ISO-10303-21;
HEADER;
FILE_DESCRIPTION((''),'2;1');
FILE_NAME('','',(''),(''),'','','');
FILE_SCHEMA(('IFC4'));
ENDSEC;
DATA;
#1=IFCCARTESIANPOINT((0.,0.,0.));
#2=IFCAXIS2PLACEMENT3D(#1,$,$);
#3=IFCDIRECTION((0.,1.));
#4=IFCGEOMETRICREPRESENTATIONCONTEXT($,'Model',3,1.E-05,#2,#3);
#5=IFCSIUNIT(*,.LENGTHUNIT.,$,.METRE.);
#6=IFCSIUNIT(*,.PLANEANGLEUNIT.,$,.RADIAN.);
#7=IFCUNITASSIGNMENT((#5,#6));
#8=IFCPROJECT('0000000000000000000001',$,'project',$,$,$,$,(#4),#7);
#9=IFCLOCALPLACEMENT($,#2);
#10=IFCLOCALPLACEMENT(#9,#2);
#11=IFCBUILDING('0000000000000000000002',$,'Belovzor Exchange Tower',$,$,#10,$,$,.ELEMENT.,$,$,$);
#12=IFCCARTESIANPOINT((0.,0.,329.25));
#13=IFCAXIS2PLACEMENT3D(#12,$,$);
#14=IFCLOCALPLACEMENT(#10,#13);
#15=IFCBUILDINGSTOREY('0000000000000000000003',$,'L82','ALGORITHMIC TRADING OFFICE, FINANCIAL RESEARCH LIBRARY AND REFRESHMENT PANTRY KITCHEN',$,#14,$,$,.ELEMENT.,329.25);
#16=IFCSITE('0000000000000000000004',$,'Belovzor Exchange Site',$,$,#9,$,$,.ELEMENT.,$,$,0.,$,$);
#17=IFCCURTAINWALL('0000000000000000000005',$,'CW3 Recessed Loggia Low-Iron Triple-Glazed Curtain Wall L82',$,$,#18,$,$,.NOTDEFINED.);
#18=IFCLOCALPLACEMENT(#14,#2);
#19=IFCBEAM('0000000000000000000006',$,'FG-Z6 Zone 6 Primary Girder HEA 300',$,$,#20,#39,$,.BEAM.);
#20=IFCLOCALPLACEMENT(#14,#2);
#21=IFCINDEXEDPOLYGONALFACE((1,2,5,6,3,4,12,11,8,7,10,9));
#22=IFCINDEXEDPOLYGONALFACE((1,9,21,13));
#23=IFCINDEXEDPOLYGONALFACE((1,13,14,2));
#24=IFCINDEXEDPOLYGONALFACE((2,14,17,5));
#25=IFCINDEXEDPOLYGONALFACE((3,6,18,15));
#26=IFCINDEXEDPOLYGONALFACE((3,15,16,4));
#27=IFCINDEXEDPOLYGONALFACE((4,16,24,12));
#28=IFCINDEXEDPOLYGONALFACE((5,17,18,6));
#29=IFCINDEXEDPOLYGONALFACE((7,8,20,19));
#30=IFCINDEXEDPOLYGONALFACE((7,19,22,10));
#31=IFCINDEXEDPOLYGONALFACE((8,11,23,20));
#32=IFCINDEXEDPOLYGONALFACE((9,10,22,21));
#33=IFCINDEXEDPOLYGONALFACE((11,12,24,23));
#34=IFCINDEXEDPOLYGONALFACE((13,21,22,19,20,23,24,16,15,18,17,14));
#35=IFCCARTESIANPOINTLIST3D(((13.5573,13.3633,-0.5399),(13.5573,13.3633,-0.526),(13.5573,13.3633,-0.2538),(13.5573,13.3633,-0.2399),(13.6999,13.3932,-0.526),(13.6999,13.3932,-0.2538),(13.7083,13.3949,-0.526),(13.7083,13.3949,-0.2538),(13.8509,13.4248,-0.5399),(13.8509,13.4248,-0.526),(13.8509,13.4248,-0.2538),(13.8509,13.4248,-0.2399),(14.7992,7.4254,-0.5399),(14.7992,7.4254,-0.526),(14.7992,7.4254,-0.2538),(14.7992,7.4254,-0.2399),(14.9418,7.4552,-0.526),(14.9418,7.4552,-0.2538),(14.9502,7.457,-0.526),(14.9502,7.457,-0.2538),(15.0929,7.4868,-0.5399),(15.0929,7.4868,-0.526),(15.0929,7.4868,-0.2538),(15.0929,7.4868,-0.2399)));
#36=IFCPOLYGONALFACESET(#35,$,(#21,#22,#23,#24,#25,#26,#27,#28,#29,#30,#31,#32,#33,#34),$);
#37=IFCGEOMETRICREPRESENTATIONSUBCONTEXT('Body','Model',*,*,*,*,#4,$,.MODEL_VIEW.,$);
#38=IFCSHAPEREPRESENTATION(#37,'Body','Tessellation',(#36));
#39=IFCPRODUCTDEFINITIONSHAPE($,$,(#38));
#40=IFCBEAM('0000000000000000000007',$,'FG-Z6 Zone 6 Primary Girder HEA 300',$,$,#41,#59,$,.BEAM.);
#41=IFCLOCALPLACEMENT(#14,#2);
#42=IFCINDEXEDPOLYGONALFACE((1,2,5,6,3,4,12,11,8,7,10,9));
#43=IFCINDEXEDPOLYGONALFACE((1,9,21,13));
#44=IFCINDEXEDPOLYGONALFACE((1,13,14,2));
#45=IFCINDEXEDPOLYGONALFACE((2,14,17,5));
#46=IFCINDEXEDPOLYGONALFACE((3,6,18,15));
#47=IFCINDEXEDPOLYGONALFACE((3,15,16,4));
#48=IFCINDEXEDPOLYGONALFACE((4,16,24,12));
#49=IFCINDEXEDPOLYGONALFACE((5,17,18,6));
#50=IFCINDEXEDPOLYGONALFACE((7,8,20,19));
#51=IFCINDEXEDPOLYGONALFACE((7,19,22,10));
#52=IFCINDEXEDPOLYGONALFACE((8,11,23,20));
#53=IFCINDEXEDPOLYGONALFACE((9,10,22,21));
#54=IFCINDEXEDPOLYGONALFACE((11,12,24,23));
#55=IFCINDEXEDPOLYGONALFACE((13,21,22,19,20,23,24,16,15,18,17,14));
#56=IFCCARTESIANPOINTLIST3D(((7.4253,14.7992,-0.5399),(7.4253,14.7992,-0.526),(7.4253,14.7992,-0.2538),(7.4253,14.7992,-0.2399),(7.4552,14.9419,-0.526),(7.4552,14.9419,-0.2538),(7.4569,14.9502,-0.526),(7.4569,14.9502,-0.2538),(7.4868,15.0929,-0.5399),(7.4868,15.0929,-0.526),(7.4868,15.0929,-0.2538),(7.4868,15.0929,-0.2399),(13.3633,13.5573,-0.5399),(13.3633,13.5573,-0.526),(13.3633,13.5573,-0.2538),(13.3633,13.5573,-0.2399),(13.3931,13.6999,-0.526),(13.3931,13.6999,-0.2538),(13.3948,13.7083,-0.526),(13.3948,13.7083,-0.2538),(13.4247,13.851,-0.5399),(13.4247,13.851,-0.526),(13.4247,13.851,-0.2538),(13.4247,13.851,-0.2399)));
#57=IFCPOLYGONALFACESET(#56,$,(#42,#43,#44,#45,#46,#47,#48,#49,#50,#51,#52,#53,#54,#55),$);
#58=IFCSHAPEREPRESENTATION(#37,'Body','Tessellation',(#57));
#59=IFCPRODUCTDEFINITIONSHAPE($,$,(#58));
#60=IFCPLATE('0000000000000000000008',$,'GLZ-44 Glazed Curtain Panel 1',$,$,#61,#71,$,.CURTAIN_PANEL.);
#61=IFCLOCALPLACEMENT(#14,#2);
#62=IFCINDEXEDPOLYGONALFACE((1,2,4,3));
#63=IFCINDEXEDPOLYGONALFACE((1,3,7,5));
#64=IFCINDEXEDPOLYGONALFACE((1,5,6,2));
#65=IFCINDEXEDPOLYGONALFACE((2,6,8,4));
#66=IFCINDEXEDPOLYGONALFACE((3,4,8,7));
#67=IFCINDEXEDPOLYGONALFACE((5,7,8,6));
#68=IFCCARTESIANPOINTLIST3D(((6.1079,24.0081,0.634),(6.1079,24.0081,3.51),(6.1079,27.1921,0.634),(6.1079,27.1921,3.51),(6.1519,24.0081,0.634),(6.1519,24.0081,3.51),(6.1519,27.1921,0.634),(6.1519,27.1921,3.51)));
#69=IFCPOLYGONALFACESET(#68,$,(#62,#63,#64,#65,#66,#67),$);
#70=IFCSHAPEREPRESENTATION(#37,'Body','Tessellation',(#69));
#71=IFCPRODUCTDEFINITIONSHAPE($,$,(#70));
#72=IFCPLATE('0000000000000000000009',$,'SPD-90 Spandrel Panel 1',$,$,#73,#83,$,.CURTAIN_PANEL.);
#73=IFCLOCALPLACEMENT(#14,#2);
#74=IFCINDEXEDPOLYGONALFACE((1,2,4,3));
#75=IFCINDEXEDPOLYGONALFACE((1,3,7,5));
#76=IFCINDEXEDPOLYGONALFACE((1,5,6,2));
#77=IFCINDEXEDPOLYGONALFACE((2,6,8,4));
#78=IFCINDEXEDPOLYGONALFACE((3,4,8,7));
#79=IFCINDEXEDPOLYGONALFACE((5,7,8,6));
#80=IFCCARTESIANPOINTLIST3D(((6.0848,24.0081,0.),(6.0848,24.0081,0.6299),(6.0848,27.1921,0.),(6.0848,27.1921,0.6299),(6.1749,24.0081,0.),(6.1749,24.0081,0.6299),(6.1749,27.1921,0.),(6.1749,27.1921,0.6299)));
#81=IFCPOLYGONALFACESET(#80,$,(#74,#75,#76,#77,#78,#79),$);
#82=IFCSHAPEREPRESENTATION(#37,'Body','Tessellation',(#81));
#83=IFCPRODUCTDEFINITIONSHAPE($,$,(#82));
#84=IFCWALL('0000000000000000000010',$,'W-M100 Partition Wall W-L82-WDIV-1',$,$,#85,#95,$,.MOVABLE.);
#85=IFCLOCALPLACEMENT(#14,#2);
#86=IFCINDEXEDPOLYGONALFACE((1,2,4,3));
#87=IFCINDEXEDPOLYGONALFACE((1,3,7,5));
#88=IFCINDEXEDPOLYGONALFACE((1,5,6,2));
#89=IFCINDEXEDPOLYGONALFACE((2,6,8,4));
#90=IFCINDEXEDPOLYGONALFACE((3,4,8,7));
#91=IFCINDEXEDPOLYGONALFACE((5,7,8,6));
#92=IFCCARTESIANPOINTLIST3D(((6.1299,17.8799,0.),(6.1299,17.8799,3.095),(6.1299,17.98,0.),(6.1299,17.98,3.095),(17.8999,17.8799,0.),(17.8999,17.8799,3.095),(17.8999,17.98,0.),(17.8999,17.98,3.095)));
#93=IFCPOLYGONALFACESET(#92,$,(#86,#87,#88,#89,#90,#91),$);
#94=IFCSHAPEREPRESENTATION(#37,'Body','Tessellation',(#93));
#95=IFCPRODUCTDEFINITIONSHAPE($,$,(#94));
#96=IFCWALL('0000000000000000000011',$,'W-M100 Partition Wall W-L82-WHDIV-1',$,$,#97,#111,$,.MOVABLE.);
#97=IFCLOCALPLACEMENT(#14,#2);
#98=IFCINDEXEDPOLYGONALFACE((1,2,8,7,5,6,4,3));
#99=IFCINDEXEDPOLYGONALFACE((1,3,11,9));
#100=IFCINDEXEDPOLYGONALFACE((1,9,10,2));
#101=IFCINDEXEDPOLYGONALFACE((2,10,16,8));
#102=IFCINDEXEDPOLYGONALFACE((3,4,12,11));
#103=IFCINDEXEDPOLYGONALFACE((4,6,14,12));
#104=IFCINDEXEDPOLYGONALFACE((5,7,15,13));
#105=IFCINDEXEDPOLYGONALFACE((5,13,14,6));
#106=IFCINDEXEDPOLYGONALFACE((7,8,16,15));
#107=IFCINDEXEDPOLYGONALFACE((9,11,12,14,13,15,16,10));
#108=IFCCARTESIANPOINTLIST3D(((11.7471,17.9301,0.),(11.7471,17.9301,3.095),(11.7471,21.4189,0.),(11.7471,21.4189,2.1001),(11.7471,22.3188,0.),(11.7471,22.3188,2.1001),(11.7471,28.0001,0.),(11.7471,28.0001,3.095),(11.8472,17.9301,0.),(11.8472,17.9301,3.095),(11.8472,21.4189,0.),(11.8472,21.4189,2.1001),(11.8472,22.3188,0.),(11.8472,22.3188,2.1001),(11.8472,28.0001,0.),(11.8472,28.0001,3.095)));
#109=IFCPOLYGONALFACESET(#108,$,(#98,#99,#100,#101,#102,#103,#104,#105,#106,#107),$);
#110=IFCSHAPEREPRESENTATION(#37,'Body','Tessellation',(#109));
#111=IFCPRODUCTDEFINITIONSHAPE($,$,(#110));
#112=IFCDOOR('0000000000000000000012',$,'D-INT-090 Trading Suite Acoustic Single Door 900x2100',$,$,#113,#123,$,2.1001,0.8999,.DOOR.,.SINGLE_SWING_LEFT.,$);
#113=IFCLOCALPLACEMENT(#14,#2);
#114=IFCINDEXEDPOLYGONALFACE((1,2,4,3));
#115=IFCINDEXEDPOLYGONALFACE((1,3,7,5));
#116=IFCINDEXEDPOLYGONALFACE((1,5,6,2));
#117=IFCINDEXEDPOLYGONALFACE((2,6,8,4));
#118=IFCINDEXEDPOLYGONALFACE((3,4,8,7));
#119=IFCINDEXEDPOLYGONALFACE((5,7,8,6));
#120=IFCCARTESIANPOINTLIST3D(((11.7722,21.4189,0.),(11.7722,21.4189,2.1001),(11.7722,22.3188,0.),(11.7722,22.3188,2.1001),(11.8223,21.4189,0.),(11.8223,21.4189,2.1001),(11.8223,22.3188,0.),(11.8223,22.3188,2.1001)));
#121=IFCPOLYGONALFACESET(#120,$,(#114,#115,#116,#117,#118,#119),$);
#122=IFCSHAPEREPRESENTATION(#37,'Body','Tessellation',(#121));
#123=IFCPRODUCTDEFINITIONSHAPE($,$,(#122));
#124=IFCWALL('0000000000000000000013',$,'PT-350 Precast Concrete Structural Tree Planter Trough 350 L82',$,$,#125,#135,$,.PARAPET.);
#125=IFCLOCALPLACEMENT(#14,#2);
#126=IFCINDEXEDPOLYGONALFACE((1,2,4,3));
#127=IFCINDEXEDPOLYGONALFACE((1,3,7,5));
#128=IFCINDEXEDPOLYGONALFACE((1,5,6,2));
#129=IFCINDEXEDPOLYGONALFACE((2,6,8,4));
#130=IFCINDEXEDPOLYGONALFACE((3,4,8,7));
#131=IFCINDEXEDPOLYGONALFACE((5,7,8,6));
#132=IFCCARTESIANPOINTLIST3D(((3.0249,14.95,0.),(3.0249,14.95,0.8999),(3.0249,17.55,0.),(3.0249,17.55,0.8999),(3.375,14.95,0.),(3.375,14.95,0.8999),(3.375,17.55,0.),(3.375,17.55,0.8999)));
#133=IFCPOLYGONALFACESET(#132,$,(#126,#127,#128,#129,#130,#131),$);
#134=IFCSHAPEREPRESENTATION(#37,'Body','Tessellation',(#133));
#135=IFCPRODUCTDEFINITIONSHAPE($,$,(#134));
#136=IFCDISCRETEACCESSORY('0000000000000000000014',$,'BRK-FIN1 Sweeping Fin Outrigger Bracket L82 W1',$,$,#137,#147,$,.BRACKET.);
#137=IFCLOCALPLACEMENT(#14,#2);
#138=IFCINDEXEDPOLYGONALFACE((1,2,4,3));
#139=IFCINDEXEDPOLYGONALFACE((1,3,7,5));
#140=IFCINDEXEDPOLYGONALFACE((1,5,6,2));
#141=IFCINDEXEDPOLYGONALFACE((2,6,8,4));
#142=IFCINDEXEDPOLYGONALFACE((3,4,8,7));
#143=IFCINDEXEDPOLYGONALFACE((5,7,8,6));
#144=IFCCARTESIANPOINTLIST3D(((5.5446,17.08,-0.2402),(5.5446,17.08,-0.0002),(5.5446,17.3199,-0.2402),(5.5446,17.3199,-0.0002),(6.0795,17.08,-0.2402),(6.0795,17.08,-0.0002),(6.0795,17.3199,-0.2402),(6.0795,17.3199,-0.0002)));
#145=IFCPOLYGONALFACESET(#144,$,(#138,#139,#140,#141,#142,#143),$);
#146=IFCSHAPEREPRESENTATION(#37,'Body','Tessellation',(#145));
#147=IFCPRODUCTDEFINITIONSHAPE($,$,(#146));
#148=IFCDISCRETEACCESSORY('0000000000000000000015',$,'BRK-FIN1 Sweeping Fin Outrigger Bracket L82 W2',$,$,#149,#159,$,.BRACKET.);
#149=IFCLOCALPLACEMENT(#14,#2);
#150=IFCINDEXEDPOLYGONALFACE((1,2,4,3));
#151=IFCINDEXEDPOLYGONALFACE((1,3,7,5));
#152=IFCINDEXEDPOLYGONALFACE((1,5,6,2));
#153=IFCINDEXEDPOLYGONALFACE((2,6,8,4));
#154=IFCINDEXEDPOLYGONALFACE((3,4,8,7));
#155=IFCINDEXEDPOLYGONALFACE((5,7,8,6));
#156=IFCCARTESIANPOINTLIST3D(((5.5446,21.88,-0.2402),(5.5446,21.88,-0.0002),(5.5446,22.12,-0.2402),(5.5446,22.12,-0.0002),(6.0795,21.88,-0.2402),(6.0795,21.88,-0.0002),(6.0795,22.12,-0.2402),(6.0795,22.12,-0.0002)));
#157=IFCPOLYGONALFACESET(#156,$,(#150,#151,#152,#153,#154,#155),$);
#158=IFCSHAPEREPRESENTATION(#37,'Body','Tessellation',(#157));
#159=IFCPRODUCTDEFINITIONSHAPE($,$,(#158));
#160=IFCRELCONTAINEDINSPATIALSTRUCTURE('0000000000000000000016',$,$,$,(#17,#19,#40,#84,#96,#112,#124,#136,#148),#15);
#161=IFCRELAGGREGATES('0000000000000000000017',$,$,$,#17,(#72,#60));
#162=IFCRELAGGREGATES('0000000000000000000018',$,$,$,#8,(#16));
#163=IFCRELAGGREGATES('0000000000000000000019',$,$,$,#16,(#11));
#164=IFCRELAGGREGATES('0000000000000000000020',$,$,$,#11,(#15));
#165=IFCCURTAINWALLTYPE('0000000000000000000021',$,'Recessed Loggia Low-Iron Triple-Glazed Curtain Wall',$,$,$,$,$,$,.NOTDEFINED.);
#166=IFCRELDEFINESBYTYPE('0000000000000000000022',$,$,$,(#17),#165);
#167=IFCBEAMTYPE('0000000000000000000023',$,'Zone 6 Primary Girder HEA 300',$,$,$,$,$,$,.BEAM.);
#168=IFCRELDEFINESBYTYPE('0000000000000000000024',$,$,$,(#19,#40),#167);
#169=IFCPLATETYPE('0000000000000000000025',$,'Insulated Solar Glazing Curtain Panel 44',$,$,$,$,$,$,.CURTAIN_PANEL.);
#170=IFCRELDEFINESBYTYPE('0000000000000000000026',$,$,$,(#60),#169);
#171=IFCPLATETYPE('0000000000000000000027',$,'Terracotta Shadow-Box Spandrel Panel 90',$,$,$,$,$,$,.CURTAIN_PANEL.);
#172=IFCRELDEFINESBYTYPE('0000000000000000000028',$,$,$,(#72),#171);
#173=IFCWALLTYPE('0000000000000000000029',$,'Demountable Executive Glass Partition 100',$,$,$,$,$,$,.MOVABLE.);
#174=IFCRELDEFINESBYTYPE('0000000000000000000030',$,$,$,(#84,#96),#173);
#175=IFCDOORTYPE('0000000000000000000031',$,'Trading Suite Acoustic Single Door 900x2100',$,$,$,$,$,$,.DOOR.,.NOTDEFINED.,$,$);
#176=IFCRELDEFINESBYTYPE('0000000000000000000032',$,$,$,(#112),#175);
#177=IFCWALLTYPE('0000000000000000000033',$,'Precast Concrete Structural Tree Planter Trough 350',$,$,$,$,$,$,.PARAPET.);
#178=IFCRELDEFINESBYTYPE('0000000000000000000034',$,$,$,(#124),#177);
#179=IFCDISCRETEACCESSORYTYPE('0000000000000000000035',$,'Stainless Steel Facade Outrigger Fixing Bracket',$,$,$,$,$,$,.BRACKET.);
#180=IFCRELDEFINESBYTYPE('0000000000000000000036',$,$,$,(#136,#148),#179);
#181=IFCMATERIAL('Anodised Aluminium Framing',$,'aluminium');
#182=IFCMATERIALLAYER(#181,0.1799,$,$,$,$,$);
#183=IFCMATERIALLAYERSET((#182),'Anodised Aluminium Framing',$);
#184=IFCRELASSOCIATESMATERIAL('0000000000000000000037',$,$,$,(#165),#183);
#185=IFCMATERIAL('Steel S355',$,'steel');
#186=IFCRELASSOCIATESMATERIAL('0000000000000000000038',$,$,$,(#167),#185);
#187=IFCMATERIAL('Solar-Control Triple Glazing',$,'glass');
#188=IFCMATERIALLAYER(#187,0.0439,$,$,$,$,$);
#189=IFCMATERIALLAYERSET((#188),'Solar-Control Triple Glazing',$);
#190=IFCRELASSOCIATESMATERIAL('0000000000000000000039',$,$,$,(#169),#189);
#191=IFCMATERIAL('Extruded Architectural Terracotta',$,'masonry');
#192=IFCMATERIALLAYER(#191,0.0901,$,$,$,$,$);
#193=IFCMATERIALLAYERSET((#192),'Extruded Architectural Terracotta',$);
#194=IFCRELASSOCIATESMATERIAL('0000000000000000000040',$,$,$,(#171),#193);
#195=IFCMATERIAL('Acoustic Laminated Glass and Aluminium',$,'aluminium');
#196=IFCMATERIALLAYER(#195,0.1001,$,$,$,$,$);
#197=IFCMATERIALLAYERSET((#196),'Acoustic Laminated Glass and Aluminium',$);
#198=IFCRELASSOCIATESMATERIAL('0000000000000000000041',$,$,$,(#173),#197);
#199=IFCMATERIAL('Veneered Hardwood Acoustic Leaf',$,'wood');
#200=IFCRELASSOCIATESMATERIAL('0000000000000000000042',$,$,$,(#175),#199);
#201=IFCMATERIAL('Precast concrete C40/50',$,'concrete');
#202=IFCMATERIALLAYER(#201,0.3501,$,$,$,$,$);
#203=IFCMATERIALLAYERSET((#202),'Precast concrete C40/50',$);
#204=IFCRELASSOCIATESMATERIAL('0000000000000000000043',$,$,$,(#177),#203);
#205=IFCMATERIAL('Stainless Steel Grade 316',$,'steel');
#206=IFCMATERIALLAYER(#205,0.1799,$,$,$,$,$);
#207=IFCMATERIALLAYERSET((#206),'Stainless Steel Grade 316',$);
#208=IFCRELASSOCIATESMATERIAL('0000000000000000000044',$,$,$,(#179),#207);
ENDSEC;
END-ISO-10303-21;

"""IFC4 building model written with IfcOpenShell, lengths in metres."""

from ifc_helpers import new_model, si_unit, direction, frame, frame_2d, origin, origin_2d, place, context, subcontext, project, spatial, rectangle, i_section, extrude, material, layer, layer_set, material_profile, profile_set, type_object, element, fill, aggregate, save


model = new_model("IFC4")

# Units and contexts
model_context = context("Model", 3, precision=1e-05, world=origin(), true_north=direction((0.0, 1.0)))
body_context = subcontext(model_context, "Body", "Model", "MODEL_VIEW")
ifc_project = project(units=[si_unit("LENGTHUNIT", "METRE"), si_unit("PLANEANGLEUNIT", "RADIAN")], contexts=[model_context])

# Site, building, storey
site_placement = place(None, origin())
site = spatial("IfcSite", under=ifc_project, at=site_placement, Name="Belovzor Exchange Site", CompositionType="ELEMENT", RefElevation=0.0)
building_placement = place(site_placement, origin())
building = spatial("IfcBuilding", under=site, at=building_placement, Name="Belovzor Exchange Tower", CompositionType="ELEMENT")
storey_placement = place(building_placement, frame((0.0, 0.0, 329.25)))
storey = spatial("IfcBuildingStorey", under=building, at=storey_placement, Name="L82", Description="ALGORITHMIC TRADING OFFICE, FINANCIAL RESEARCH LIBRARY AND REFRESHMENT PANTRY KITCHEN", CompositionType="ELEMENT", Elevation=329.25)

# Curtain wall
ifc_material_1 = material(Name="Anodised Aluminium Framing", Category="aluminium")
ifc_layer_1 = layer(ifc_material_1, 0.1799)
ifc_layer_set_1 = layer_set([ifc_layer_1], Name="Anodised Aluminium Framing")
curtain_wall_type = type_object("IfcCurtainWallType", Name="Recessed Loggia Low-Iron Triple-Glazed Curtain Wall", PredefinedType="NOTDEFINED", material=ifc_layer_set_1)
curtain_wall_placement = place(storey_placement, origin())
curtain_wall = element("IfcCurtainWall", 1, at=curtain_wall_placement, inside=storey, type_object=curtain_wall_type, Name="CW3 Recessed Loggia Low-Iron Triple-Glazed Curtain Wall L82", PredefinedType="NOTDEFINED")

# Beams
ifc_material_2 = material(Name="Steel S355", Category="steel")
ifc_material_profile_1 = material_profile(ifc_material_2, i_section(OverallWidth=0.3, OverallDepth=0.3, WebThickness=0.0085, FlangeThickness=0.0139, at=origin_2d()))
ifc_profile_set_1 = profile_set([ifc_material_profile_1], Name="Steel S355")
beam_type_1 = type_object("IfcBeamType", Name="Zone 6 Primary Girder HEA 300", PredefinedType="BEAM", material=ifc_profile_set_1)
for number, where, z_axis, x_axis, name in (
    (2, (13.7041, 13.394, -0.3899), (0.204722, -0.97882, 0.0), (0.97882, 0.204722, 0.0), "FG-Z6 Zone 6 Primary Girder HEA 300"),
    (3, (7.4561, 14.946, -0.3899), (0.97882, -0.204722, 0.0), (0.204722, 0.97882, 0.0), "FG-Z6 Zone 6 Primary Girder HEA 300"),
):
    element("IfcBeam", number, at=place(storey_placement, frame(where, z_axis=z_axis, x_axis=x_axis)), inside=storey, type_object=beam_type_1, Name=name, PredefinedType="BEAM", context=body_context, shape_type="SweptSolid", body=[
        extrude(i_section(OverallWidth=0.3, OverallDepth=0.3, WebThickness=0.0085, FlangeThickness=0.0139, at=origin_2d()), origin(), (0.0, 0.0, 1.0), 6.0664),
    ])

# Plates
ifc_material_3 = material(Name="Solar-Control Triple Glazing", Category="glass")
ifc_layer_2 = layer(ifc_material_3, 0.0439)
ifc_layer_set_2 = layer_set([ifc_layer_2], Name="Solar-Control Triple Glazing")
plate_type_1 = type_object("IfcPlateType", Name="Insulated Solar Glazing Curtain Panel 44", PredefinedType="CURTAIN_PANEL", material=ifc_layer_set_2)
plate_1_placement = place(storey_placement, frame((6.1299, 25.6001, 0.634), z_axis=(0.0, 0.0, 1.0), x_axis=(0.0, 1.0, 0.0)))
plate_1 = element("IfcPlate", 4, at=plate_1_placement, type_object=plate_type_1, Name="GLZ-44 Glazed Curtain Panel 1", PredefinedType="CURTAIN_PANEL", context=body_context, shape_type="SweptSolid", body=[
    extrude(rectangle(XDim=3.1841, YDim=0.0439, at=origin_2d()), origin(), (0.0, 0.0, 1.0), 2.876),
])
ifc_material_4 = material(Name="Extruded Architectural Terracotta", Category="masonry")
ifc_layer_3 = layer(ifc_material_4, 0.0901)
ifc_layer_set_3 = layer_set([ifc_layer_3], Name="Extruded Architectural Terracotta")
plate_type_2 = type_object("IfcPlateType", Name="Terracotta Shadow-Box Spandrel Panel 90", PredefinedType="CURTAIN_PANEL", material=ifc_layer_set_3)
plate_2_placement = place(storey_placement, frame((6.1299, 25.6001, 0.0), z_axis=(0.0, 0.0, 1.0), x_axis=(0.0, 1.0, 0.0)))
plate_2 = element("IfcPlate", 5, at=plate_2_placement, type_object=plate_type_2, Name="SPD-90 Spandrel Panel 1", PredefinedType="CURTAIN_PANEL", context=body_context, shape_type="SweptSolid", body=[
    extrude(rectangle(XDim=3.1841, YDim=0.0901, at=origin_2d()), origin(), (0.0, 0.0, 1.0), 0.6299),
])
aggregate(curtain_wall, [plate_2, plate_1])

# Wall
ifc_material_5 = material(Name="Acoustic Laminated Glass and Aluminium", Category="aluminium")
ifc_layer_4 = layer(ifc_material_5, 0.1001)
ifc_layer_set_4 = layer_set([ifc_layer_4], Name="Acoustic Laminated Glass and Aluminium")
wall_type_1 = type_object("IfcWallType", Name="Demountable Executive Glass Partition 100", PredefinedType="MOVABLE", material=ifc_layer_set_4)
wall_1_placement = place(storey_placement, frame((6.1299, 17.9299, 0.0), z_axis=(0.0, 0.0, 1.0), x_axis=(1.0, 0.0, 0.0)))
element("IfcWall", 6, at=wall_1_placement, inside=storey, type_object=wall_type_1, Name="W-M100 Partition Wall W-L82-WDIV-1", PredefinedType="MOVABLE", context=body_context, shape_type="SweptSolid", body=[
    extrude(rectangle(XDim=11.77, YDim=0.1001, at=frame_2d((5.885, 0.0))), origin(), (0.0, 0.0, 1.0), 3.095),
])

# Wall, opening, door
wall_2_placement = place(storey_placement, frame((11.7971, 17.9299, 0.0), z_axis=(0.0, 0.0, 1.0), x_axis=(0.0, 1.0, 0.0)))
wall_2 = element("IfcWall", 7, at=wall_2_placement, inside=storey, type_object=wall_type_1, Name="W-M100 Partition Wall W-L82-WHDIV-1", PredefinedType="MOVABLE", context=body_context, shape_type="SweptSolid", body=[
    extrude(rectangle(XDim=10.0701, YDim=0.1001, at=frame_2d((5.0352, 0.0))), origin(), (0.0, 0.0, 1.0), 3.095),
])
opening_placement = place(wall_2_placement, frame((3.489, 0.0, 0.0)))
opening = element("IfcOpeningElement", 8, at=opening_placement, cuts=wall_2, PredefinedType="OPENING", context=body_context, shape_type="SweptSolid", body=[
    extrude(rectangle(XDim=0.8999, YDim=2.1001, at=frame_2d((0.45, 1.05))), frame((0.0, 0.0601, 0.0), z_axis=(0.0, -1.0, 0.0), x_axis=(1.0, 0.0, 0.0)), (0.0, 0.0, 1.0), 0.1201),
])
ifc_material_6 = material(Name="Veneered Hardwood Acoustic Leaf", Category="wood")
door_type = type_object("IfcDoorType", Name="Trading Suite Acoustic Single Door 900x2100", OperationType="NOTDEFINED", PredefinedType="DOOR", material=ifc_material_6)
door_placement = place(opening_placement, origin())
door = element("IfcDoor", 9, at=door_placement, inside=storey, type_object=door_type, Name="D-INT-090 Trading Suite Acoustic Single Door 900x2100", OperationType="SINGLE_SWING_LEFT", OverallHeight=2.1001, OverallWidth=0.8999, PredefinedType="DOOR", context=body_context, shape_type="SweptSolid", body=[
    extrude(rectangle(XDim=0.8999, YDim=2.1001, at=frame_2d((0.45, 1.05))), frame((0.0, 0.0249, 0.0), z_axis=(0.0, -1.0, 0.0), x_axis=(1.0, 0.0, 0.0)), (0.0, 0.0, 1.0), 0.05),
])
fill(opening, door)

# Wall
ifc_material_7 = material(Name="Precast concrete C40/50", Category="concrete")
ifc_layer_5 = layer(ifc_material_7, 0.3501)
ifc_layer_set_5 = layer_set([ifc_layer_5], Name="Precast concrete C40/50")
wall_type_2 = type_object("IfcWallType", Name="Precast Concrete Structural Tree Planter Trough 350", PredefinedType="PARAPET", material=ifc_layer_set_5)
wall_3_placement = place(storey_placement, frame((3.2, 14.95, 0.0), z_axis=(0.0, 0.0, 1.0), x_axis=(0.0, 1.0, 0.0)))
element("IfcWall", 10, at=wall_3_placement, inside=storey, type_object=wall_type_2, Name="PT-350 Precast Concrete Structural Tree Planter Trough 350 L82", PredefinedType="PARAPET", context=body_context, shape_type="SweptSolid", body=[
    extrude(rectangle(XDim=2.6001, YDim=0.3501, at=frame_2d((1.3, 0.0))), origin(), (0.0, 0.0, 1.0), 0.8999),
])

# Discrete accessories
ifc_material_8 = material(Name="Stainless Steel Grade 316", Category="steel")
ifc_layer_6 = layer(ifc_material_8, 0.1799)
ifc_layer_set_6 = layer_set([ifc_layer_6], Name="Stainless Steel Grade 316")
discrete_accessory_type = type_object("IfcDiscreteAccessoryType", Name="Stainless Steel Facade Outrigger Fixing Bracket", PredefinedType="BRACKET", material=ifc_layer_set_6)
for number, where, z_axis, x_axis, name in (
    (11, (5.812, 17.2, -0.2402), (0.0, 0.0, 1.0), (1.0, 0.0, 0.0), "BRK-FIN1 Sweeping Fin Outrigger Bracket L82 W1"),
    (12, (5.812, 22.0, -0.2402), (0.0, 0.0, 1.0), (1.0, 0.0, 0.0), "BRK-FIN1 Sweeping Fin Outrigger Bracket L82 W2"),
):
    element("IfcDiscreteAccessory", number, at=place(storey_placement, frame(where, z_axis=z_axis, x_axis=x_axis)), inside=storey, type_object=discrete_accessory_type, Name=name, PredefinedType="BRACKET", context=body_context, shape_type="SweptSolid", body=[
        extrude(rectangle(XDim=0.5349, YDim=0.24, at=origin_2d()), origin(), (0.0, 0.0, 1.0), 0.24),
    ])

save(model, "model.ifc")
